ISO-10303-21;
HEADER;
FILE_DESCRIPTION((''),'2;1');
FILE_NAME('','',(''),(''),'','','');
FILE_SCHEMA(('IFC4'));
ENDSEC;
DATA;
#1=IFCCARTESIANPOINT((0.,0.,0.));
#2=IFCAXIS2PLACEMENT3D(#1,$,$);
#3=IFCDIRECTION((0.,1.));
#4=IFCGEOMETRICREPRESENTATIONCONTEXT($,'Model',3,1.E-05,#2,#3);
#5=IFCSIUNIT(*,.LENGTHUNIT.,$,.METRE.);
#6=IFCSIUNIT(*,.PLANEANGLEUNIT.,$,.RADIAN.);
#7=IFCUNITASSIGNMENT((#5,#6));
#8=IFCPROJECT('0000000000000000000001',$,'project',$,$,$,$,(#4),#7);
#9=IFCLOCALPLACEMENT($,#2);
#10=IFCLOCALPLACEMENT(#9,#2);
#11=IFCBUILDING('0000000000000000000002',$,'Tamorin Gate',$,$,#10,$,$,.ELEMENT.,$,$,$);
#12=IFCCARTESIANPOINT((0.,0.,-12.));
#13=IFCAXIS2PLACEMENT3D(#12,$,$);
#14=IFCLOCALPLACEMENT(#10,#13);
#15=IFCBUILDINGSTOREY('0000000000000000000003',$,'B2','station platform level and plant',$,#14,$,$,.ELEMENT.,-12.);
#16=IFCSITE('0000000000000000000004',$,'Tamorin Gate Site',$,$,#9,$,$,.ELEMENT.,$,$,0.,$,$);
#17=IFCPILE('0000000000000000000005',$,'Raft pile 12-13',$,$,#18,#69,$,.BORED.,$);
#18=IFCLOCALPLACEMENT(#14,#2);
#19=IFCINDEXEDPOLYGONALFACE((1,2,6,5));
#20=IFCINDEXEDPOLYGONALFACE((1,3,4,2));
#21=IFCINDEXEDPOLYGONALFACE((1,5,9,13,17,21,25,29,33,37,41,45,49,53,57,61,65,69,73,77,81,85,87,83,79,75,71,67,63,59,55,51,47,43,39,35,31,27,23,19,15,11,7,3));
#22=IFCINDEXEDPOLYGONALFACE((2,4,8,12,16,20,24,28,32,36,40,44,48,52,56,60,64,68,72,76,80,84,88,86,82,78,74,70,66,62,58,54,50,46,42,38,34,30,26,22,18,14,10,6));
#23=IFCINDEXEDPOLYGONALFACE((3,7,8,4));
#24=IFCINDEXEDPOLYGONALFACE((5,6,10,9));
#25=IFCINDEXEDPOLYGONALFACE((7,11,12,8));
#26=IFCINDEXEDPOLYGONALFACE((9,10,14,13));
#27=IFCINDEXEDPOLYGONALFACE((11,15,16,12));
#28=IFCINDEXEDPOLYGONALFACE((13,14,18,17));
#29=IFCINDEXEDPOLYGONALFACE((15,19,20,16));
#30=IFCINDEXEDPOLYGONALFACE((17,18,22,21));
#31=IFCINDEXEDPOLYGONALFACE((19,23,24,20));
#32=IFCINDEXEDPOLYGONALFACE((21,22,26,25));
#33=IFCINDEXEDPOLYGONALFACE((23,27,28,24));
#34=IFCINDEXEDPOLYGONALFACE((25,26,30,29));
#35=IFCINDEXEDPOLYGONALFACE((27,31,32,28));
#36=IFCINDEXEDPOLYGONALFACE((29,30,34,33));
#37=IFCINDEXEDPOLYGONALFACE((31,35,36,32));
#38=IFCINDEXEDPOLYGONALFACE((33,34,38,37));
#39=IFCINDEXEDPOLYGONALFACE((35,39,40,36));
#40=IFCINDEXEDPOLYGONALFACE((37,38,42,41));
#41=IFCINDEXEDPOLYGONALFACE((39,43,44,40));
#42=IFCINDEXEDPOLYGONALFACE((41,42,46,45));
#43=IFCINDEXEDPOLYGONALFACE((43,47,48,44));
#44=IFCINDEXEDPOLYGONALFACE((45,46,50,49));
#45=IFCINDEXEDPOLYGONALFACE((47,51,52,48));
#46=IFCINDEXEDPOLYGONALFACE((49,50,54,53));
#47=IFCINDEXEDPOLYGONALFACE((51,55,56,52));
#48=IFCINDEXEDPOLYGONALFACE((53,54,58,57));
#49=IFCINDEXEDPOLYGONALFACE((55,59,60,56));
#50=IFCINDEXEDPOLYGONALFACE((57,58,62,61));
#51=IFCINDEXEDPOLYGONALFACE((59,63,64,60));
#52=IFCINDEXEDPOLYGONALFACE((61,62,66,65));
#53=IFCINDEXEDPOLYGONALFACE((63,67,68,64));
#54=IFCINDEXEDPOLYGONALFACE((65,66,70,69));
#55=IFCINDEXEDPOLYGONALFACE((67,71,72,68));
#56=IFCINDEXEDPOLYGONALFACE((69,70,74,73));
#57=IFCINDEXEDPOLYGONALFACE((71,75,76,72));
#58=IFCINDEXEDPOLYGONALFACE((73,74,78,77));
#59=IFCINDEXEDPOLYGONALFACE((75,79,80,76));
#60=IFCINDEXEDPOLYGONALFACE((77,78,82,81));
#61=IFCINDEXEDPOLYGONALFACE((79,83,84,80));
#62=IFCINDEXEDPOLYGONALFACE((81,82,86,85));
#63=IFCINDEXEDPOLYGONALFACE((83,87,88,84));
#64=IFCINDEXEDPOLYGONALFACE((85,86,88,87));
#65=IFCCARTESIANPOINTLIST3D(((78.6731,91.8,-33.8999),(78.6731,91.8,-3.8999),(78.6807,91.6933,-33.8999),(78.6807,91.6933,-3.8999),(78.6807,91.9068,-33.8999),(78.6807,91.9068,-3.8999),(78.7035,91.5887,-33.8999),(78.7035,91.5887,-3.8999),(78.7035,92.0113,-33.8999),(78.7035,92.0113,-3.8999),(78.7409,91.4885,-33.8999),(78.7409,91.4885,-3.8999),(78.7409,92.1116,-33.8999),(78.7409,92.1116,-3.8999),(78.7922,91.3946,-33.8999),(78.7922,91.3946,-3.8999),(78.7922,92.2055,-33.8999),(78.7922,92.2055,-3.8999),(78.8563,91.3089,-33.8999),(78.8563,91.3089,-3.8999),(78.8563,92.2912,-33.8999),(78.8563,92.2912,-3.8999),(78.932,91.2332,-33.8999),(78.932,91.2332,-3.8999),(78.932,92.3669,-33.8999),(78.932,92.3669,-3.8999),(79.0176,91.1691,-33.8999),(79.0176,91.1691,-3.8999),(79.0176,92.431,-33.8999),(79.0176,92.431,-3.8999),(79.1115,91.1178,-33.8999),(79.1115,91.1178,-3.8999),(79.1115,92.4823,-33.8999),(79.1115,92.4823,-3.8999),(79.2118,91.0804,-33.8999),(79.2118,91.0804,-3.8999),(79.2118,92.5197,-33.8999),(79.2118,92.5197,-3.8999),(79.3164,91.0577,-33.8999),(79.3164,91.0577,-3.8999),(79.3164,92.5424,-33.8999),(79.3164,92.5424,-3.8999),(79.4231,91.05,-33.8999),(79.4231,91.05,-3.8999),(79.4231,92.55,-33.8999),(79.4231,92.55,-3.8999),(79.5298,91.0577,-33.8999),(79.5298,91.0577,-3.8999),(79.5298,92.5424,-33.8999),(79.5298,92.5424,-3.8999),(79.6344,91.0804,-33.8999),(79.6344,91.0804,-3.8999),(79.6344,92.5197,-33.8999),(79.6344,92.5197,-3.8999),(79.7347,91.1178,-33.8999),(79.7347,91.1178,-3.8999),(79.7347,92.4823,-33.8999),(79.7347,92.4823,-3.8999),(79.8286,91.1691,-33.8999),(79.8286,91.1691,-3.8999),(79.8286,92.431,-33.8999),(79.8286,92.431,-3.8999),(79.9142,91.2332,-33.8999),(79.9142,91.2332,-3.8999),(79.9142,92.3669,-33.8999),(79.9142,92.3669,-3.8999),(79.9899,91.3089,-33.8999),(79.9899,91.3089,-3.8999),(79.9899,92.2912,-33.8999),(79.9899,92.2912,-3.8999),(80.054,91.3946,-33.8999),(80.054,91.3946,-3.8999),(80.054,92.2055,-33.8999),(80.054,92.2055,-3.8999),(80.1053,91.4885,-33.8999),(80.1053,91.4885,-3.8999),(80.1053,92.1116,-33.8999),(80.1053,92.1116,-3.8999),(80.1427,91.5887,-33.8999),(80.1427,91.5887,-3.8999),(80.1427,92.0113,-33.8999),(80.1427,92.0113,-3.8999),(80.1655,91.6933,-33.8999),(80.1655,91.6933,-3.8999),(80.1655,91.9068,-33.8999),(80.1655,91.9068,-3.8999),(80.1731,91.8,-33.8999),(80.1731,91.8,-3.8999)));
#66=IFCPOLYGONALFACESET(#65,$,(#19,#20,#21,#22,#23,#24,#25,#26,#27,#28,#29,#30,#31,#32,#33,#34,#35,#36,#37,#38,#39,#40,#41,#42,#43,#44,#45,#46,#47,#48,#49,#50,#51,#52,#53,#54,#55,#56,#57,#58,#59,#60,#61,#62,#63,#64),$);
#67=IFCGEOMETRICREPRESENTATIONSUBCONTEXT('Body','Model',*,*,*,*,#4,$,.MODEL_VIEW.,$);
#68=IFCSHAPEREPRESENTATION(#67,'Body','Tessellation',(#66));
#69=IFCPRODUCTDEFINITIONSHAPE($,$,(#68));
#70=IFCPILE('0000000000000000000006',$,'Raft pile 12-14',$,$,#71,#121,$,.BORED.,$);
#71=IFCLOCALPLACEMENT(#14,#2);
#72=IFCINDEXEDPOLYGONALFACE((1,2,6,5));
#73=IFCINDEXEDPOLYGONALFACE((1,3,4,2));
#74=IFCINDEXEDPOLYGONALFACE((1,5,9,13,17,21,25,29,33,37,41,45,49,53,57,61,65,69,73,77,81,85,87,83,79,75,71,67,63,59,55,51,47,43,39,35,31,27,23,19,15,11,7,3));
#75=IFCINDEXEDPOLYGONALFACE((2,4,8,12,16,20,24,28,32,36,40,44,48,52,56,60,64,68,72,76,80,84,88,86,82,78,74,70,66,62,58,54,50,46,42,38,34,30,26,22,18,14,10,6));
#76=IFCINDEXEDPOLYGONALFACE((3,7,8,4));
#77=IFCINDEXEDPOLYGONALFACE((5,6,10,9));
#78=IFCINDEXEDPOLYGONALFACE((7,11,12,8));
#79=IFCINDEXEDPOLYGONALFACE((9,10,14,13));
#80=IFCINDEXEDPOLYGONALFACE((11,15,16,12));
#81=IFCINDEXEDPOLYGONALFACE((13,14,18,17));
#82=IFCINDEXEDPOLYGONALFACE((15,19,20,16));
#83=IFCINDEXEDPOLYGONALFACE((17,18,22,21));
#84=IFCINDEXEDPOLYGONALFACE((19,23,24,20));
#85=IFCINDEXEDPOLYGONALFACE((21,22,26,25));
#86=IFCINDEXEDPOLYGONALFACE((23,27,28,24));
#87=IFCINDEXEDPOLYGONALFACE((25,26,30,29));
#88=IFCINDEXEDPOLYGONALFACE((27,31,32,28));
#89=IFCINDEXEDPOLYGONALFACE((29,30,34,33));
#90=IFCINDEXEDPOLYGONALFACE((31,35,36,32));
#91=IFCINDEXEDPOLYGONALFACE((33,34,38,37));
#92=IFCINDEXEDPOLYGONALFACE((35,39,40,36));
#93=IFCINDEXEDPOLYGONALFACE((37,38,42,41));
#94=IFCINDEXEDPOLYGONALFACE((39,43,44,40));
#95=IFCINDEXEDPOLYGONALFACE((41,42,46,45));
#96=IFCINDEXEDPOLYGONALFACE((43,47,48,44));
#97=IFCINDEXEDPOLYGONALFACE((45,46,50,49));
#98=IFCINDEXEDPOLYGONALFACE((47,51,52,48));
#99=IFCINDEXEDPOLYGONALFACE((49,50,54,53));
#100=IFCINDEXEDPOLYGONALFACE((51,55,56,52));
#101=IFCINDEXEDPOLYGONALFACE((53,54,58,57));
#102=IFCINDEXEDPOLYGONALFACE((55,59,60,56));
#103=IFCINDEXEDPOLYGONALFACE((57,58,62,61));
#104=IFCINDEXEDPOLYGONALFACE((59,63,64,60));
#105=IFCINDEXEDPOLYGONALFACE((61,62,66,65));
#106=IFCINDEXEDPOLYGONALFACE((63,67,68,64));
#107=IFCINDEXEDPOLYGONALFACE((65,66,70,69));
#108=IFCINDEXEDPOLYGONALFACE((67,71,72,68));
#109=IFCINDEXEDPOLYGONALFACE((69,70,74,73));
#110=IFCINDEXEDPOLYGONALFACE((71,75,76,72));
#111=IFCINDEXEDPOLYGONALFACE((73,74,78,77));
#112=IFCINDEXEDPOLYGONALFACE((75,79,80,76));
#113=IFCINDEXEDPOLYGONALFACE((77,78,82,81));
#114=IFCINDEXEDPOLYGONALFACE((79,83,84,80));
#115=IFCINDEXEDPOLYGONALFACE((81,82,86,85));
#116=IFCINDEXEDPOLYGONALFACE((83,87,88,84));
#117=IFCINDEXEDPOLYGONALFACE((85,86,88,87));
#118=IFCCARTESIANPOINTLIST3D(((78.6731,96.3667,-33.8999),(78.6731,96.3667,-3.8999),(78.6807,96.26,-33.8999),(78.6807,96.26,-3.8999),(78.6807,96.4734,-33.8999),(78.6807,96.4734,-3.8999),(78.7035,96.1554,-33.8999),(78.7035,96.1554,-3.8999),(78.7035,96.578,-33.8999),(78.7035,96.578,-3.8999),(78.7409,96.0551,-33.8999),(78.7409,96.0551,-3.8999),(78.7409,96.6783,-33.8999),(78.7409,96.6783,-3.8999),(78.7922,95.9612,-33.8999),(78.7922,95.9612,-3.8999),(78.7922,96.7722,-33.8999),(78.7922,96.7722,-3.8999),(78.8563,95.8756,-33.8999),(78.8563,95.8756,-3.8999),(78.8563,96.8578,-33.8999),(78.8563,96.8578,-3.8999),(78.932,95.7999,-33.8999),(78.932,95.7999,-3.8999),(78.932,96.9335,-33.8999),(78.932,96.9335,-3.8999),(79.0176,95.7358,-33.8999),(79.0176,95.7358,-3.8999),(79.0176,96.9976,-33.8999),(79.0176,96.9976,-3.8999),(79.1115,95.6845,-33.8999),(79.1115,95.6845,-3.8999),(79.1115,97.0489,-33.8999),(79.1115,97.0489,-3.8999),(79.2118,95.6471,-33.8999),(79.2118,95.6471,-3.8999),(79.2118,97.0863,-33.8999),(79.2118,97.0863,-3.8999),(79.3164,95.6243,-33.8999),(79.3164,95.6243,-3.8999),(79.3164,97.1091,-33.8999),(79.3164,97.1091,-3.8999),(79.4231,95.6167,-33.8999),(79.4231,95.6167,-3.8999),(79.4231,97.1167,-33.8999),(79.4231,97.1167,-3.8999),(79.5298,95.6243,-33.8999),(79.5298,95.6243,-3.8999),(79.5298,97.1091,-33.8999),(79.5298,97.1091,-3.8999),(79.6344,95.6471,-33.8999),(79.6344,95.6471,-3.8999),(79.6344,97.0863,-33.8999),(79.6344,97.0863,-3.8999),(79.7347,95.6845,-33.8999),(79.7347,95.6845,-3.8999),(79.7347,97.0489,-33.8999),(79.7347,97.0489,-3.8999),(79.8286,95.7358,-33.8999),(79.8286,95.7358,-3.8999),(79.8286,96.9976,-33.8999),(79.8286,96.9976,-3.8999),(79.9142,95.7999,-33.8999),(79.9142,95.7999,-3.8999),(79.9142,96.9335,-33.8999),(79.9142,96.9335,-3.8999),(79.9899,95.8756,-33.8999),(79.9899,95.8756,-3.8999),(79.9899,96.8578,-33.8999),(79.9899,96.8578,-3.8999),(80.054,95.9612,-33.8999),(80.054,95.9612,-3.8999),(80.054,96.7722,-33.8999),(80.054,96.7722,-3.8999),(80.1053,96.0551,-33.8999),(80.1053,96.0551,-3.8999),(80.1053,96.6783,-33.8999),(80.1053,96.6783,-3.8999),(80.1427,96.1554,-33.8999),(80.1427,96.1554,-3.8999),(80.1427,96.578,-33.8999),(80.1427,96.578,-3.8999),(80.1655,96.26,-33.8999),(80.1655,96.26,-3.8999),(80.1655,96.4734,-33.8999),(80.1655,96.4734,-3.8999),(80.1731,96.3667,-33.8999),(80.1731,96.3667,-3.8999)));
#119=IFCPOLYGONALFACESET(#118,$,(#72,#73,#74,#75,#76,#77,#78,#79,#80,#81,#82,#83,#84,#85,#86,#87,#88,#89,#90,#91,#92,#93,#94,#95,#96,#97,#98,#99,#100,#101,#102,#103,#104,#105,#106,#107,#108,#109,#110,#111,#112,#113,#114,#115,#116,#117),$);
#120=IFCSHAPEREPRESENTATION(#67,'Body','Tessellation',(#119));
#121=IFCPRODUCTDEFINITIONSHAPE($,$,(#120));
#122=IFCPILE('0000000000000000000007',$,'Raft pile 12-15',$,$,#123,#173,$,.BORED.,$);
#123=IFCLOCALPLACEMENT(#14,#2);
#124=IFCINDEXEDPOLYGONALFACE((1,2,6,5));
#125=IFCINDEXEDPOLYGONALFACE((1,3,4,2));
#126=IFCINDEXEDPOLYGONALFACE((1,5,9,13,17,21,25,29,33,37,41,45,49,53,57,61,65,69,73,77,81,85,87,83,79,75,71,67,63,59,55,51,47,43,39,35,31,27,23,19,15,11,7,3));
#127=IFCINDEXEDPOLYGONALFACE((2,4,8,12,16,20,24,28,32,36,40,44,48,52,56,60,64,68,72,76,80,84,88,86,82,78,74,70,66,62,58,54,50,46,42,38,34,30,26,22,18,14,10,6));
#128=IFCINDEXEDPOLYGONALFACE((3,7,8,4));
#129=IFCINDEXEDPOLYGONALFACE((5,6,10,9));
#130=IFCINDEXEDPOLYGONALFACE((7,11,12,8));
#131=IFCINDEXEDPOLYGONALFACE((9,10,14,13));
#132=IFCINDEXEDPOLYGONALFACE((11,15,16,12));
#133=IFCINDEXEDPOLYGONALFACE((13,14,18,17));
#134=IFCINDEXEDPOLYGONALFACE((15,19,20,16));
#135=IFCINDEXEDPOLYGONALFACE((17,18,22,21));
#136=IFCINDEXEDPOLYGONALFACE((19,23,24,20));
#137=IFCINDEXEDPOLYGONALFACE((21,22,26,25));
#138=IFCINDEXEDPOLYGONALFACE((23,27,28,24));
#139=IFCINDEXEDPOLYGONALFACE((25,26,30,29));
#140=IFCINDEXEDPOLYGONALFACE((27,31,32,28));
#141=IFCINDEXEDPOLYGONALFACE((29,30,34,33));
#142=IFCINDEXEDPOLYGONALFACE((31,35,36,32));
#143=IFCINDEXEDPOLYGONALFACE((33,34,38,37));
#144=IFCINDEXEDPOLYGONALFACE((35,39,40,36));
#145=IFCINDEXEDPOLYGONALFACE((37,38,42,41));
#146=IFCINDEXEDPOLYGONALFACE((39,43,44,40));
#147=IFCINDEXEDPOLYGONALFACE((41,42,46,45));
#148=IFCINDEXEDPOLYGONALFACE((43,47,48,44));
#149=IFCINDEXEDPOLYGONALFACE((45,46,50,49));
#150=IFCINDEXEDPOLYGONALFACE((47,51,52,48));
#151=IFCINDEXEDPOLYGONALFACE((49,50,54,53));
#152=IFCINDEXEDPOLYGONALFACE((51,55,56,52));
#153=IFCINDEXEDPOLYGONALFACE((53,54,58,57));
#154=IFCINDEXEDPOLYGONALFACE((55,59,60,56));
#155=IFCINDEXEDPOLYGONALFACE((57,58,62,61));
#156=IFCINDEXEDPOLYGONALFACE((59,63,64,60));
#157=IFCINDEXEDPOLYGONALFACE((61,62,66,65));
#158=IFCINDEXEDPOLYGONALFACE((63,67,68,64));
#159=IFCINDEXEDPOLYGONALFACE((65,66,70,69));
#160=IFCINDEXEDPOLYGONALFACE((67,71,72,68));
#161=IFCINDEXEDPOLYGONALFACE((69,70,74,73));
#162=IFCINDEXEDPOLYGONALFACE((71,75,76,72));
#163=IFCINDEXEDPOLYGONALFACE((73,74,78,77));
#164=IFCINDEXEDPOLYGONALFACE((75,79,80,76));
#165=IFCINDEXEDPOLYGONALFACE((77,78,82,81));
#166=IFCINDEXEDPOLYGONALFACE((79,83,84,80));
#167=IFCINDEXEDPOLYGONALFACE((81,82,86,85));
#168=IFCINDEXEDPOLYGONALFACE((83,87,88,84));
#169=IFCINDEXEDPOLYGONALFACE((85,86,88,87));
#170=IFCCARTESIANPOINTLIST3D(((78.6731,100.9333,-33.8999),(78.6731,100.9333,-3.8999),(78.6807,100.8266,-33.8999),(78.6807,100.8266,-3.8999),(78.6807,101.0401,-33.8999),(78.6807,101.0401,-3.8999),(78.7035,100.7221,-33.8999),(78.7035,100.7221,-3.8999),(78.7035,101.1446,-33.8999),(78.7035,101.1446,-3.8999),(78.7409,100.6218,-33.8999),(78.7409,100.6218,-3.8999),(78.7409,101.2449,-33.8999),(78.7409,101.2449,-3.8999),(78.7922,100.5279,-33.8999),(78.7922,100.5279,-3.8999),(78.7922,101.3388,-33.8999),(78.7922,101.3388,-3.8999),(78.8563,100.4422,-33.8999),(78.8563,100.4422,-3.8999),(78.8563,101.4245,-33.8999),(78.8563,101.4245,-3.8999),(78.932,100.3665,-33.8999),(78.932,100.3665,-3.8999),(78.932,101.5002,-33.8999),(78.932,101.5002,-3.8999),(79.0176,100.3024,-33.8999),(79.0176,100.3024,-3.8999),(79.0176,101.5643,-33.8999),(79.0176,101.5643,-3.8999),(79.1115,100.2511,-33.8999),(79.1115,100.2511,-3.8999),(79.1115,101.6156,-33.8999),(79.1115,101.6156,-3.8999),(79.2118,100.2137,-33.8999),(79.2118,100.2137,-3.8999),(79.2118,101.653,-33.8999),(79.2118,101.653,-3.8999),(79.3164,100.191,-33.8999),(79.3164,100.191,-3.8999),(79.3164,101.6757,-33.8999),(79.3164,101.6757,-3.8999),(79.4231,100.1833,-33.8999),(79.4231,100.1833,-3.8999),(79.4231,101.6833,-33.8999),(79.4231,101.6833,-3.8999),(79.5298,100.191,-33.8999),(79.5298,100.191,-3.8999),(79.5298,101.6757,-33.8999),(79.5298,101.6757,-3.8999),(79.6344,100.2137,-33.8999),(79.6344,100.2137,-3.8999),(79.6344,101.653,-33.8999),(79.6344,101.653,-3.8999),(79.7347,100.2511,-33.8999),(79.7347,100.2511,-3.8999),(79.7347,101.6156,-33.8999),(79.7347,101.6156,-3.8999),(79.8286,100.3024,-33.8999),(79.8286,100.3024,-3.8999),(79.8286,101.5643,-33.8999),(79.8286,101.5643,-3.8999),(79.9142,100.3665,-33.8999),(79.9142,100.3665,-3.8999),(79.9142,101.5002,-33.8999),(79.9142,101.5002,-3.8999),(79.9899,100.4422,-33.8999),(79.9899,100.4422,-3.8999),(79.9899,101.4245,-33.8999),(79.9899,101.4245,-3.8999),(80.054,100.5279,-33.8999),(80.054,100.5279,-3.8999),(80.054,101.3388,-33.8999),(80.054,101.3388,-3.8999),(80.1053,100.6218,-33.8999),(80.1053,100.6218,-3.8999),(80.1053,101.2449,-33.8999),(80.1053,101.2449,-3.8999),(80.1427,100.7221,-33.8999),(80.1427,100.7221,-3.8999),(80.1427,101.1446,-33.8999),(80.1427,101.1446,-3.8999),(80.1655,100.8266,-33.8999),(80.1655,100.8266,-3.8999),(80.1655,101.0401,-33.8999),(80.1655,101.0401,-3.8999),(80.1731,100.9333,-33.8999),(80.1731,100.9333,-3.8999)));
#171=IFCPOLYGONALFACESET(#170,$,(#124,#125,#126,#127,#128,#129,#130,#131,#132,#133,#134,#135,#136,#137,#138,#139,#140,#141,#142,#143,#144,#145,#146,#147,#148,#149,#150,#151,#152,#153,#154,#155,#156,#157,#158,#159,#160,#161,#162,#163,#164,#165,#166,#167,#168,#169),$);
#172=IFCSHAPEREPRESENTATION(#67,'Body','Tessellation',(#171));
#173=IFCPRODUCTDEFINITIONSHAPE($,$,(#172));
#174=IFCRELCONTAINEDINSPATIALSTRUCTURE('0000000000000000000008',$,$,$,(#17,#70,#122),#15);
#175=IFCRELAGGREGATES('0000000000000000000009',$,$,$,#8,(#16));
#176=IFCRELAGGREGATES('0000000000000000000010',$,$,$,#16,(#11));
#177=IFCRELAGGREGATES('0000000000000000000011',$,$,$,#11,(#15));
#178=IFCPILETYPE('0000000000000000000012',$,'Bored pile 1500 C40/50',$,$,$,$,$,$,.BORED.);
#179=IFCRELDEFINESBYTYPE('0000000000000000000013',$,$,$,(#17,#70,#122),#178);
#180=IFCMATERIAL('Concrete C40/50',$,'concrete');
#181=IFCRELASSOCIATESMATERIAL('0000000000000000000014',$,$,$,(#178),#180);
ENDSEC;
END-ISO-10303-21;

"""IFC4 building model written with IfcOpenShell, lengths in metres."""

from ifc_helpers import new_model, si_unit, direction, frame, origin, origin_2d, place, context, subcontext, project, spatial, circle, extrude, material, material_profile, profile_set, type_object, element, save


model = new_model("IFC4")

# Units and contexts
model_context = context("Model", 3, precision=1e-05, world=origin(), true_north=direction((0.0, 1.0)))
body_context = subcontext(model_context, "Body", "Model", "MODEL_VIEW")
ifc_project = project(units=[si_unit("LENGTHUNIT", "METRE"), si_unit("PLANEANGLEUNIT", "RADIAN")], contexts=[model_context])

# Site, building, storey
site_placement = place(None, origin())
site = spatial("IfcSite", under=ifc_project, at=site_placement, Name="Tamorin Gate Site", CompositionType="ELEMENT", RefElevation=0.0)
building_placement = place(site_placement, origin())
building = spatial("IfcBuilding", under=site, at=building_placement, Name="Tamorin Gate", CompositionType="ELEMENT")
storey_placement = place(building_placement, frame((0.0, 0.0, -12.0)))
storey = spatial("IfcBuildingStorey", under=building, at=storey_placement, Name="B2", Description="station platform level and plant", CompositionType="ELEMENT", Elevation=-12.0)

# Piles
ifc_material_1 = material(Name="Concrete C40/50", Category="concrete")
ifc_material_profile_1 = material_profile(ifc_material_1, circle(Radius=0.75, at=origin_2d()))
ifc_profile_set_1 = profile_set([ifc_material_profile_1], Name="Concrete C40/50")
pile_type = type_object("IfcPileType", Name="Bored pile 1500 C40/50", PredefinedType="BORED", material=ifc_profile_set_1)
for number, where, z_axis, x_axis, name in (
    (1, (79.4231, 91.8, -3.8999), (0.0, 0.0, -1.0), (1.0, 0.0, 0.0), "Raft pile 12-13"),
    (2, (79.4231, 96.3667, -3.8999), (0.0, 0.0, -1.0), (1.0, 0.0, 0.0), "Raft pile 12-14"),
    (3, (79.4231, 100.9333, -3.8999), (0.0, 0.0, -1.0), (1.0, 0.0, 0.0), "Raft pile 12-15"),
):
    element("IfcPile", number, at=place(storey_placement, frame(where, z_axis=z_axis, x_axis=x_axis)), inside=storey, type_object=pile_type, Name=name, PredefinedType="BORED", context=body_context, shape_type="SweptSolid", body=[
        extrude(circle(Radius=0.75, at=origin_2d()), origin(), (0.0, 0.0, 1.0), 30.0),
    ])

save(model, "model.ifc")
